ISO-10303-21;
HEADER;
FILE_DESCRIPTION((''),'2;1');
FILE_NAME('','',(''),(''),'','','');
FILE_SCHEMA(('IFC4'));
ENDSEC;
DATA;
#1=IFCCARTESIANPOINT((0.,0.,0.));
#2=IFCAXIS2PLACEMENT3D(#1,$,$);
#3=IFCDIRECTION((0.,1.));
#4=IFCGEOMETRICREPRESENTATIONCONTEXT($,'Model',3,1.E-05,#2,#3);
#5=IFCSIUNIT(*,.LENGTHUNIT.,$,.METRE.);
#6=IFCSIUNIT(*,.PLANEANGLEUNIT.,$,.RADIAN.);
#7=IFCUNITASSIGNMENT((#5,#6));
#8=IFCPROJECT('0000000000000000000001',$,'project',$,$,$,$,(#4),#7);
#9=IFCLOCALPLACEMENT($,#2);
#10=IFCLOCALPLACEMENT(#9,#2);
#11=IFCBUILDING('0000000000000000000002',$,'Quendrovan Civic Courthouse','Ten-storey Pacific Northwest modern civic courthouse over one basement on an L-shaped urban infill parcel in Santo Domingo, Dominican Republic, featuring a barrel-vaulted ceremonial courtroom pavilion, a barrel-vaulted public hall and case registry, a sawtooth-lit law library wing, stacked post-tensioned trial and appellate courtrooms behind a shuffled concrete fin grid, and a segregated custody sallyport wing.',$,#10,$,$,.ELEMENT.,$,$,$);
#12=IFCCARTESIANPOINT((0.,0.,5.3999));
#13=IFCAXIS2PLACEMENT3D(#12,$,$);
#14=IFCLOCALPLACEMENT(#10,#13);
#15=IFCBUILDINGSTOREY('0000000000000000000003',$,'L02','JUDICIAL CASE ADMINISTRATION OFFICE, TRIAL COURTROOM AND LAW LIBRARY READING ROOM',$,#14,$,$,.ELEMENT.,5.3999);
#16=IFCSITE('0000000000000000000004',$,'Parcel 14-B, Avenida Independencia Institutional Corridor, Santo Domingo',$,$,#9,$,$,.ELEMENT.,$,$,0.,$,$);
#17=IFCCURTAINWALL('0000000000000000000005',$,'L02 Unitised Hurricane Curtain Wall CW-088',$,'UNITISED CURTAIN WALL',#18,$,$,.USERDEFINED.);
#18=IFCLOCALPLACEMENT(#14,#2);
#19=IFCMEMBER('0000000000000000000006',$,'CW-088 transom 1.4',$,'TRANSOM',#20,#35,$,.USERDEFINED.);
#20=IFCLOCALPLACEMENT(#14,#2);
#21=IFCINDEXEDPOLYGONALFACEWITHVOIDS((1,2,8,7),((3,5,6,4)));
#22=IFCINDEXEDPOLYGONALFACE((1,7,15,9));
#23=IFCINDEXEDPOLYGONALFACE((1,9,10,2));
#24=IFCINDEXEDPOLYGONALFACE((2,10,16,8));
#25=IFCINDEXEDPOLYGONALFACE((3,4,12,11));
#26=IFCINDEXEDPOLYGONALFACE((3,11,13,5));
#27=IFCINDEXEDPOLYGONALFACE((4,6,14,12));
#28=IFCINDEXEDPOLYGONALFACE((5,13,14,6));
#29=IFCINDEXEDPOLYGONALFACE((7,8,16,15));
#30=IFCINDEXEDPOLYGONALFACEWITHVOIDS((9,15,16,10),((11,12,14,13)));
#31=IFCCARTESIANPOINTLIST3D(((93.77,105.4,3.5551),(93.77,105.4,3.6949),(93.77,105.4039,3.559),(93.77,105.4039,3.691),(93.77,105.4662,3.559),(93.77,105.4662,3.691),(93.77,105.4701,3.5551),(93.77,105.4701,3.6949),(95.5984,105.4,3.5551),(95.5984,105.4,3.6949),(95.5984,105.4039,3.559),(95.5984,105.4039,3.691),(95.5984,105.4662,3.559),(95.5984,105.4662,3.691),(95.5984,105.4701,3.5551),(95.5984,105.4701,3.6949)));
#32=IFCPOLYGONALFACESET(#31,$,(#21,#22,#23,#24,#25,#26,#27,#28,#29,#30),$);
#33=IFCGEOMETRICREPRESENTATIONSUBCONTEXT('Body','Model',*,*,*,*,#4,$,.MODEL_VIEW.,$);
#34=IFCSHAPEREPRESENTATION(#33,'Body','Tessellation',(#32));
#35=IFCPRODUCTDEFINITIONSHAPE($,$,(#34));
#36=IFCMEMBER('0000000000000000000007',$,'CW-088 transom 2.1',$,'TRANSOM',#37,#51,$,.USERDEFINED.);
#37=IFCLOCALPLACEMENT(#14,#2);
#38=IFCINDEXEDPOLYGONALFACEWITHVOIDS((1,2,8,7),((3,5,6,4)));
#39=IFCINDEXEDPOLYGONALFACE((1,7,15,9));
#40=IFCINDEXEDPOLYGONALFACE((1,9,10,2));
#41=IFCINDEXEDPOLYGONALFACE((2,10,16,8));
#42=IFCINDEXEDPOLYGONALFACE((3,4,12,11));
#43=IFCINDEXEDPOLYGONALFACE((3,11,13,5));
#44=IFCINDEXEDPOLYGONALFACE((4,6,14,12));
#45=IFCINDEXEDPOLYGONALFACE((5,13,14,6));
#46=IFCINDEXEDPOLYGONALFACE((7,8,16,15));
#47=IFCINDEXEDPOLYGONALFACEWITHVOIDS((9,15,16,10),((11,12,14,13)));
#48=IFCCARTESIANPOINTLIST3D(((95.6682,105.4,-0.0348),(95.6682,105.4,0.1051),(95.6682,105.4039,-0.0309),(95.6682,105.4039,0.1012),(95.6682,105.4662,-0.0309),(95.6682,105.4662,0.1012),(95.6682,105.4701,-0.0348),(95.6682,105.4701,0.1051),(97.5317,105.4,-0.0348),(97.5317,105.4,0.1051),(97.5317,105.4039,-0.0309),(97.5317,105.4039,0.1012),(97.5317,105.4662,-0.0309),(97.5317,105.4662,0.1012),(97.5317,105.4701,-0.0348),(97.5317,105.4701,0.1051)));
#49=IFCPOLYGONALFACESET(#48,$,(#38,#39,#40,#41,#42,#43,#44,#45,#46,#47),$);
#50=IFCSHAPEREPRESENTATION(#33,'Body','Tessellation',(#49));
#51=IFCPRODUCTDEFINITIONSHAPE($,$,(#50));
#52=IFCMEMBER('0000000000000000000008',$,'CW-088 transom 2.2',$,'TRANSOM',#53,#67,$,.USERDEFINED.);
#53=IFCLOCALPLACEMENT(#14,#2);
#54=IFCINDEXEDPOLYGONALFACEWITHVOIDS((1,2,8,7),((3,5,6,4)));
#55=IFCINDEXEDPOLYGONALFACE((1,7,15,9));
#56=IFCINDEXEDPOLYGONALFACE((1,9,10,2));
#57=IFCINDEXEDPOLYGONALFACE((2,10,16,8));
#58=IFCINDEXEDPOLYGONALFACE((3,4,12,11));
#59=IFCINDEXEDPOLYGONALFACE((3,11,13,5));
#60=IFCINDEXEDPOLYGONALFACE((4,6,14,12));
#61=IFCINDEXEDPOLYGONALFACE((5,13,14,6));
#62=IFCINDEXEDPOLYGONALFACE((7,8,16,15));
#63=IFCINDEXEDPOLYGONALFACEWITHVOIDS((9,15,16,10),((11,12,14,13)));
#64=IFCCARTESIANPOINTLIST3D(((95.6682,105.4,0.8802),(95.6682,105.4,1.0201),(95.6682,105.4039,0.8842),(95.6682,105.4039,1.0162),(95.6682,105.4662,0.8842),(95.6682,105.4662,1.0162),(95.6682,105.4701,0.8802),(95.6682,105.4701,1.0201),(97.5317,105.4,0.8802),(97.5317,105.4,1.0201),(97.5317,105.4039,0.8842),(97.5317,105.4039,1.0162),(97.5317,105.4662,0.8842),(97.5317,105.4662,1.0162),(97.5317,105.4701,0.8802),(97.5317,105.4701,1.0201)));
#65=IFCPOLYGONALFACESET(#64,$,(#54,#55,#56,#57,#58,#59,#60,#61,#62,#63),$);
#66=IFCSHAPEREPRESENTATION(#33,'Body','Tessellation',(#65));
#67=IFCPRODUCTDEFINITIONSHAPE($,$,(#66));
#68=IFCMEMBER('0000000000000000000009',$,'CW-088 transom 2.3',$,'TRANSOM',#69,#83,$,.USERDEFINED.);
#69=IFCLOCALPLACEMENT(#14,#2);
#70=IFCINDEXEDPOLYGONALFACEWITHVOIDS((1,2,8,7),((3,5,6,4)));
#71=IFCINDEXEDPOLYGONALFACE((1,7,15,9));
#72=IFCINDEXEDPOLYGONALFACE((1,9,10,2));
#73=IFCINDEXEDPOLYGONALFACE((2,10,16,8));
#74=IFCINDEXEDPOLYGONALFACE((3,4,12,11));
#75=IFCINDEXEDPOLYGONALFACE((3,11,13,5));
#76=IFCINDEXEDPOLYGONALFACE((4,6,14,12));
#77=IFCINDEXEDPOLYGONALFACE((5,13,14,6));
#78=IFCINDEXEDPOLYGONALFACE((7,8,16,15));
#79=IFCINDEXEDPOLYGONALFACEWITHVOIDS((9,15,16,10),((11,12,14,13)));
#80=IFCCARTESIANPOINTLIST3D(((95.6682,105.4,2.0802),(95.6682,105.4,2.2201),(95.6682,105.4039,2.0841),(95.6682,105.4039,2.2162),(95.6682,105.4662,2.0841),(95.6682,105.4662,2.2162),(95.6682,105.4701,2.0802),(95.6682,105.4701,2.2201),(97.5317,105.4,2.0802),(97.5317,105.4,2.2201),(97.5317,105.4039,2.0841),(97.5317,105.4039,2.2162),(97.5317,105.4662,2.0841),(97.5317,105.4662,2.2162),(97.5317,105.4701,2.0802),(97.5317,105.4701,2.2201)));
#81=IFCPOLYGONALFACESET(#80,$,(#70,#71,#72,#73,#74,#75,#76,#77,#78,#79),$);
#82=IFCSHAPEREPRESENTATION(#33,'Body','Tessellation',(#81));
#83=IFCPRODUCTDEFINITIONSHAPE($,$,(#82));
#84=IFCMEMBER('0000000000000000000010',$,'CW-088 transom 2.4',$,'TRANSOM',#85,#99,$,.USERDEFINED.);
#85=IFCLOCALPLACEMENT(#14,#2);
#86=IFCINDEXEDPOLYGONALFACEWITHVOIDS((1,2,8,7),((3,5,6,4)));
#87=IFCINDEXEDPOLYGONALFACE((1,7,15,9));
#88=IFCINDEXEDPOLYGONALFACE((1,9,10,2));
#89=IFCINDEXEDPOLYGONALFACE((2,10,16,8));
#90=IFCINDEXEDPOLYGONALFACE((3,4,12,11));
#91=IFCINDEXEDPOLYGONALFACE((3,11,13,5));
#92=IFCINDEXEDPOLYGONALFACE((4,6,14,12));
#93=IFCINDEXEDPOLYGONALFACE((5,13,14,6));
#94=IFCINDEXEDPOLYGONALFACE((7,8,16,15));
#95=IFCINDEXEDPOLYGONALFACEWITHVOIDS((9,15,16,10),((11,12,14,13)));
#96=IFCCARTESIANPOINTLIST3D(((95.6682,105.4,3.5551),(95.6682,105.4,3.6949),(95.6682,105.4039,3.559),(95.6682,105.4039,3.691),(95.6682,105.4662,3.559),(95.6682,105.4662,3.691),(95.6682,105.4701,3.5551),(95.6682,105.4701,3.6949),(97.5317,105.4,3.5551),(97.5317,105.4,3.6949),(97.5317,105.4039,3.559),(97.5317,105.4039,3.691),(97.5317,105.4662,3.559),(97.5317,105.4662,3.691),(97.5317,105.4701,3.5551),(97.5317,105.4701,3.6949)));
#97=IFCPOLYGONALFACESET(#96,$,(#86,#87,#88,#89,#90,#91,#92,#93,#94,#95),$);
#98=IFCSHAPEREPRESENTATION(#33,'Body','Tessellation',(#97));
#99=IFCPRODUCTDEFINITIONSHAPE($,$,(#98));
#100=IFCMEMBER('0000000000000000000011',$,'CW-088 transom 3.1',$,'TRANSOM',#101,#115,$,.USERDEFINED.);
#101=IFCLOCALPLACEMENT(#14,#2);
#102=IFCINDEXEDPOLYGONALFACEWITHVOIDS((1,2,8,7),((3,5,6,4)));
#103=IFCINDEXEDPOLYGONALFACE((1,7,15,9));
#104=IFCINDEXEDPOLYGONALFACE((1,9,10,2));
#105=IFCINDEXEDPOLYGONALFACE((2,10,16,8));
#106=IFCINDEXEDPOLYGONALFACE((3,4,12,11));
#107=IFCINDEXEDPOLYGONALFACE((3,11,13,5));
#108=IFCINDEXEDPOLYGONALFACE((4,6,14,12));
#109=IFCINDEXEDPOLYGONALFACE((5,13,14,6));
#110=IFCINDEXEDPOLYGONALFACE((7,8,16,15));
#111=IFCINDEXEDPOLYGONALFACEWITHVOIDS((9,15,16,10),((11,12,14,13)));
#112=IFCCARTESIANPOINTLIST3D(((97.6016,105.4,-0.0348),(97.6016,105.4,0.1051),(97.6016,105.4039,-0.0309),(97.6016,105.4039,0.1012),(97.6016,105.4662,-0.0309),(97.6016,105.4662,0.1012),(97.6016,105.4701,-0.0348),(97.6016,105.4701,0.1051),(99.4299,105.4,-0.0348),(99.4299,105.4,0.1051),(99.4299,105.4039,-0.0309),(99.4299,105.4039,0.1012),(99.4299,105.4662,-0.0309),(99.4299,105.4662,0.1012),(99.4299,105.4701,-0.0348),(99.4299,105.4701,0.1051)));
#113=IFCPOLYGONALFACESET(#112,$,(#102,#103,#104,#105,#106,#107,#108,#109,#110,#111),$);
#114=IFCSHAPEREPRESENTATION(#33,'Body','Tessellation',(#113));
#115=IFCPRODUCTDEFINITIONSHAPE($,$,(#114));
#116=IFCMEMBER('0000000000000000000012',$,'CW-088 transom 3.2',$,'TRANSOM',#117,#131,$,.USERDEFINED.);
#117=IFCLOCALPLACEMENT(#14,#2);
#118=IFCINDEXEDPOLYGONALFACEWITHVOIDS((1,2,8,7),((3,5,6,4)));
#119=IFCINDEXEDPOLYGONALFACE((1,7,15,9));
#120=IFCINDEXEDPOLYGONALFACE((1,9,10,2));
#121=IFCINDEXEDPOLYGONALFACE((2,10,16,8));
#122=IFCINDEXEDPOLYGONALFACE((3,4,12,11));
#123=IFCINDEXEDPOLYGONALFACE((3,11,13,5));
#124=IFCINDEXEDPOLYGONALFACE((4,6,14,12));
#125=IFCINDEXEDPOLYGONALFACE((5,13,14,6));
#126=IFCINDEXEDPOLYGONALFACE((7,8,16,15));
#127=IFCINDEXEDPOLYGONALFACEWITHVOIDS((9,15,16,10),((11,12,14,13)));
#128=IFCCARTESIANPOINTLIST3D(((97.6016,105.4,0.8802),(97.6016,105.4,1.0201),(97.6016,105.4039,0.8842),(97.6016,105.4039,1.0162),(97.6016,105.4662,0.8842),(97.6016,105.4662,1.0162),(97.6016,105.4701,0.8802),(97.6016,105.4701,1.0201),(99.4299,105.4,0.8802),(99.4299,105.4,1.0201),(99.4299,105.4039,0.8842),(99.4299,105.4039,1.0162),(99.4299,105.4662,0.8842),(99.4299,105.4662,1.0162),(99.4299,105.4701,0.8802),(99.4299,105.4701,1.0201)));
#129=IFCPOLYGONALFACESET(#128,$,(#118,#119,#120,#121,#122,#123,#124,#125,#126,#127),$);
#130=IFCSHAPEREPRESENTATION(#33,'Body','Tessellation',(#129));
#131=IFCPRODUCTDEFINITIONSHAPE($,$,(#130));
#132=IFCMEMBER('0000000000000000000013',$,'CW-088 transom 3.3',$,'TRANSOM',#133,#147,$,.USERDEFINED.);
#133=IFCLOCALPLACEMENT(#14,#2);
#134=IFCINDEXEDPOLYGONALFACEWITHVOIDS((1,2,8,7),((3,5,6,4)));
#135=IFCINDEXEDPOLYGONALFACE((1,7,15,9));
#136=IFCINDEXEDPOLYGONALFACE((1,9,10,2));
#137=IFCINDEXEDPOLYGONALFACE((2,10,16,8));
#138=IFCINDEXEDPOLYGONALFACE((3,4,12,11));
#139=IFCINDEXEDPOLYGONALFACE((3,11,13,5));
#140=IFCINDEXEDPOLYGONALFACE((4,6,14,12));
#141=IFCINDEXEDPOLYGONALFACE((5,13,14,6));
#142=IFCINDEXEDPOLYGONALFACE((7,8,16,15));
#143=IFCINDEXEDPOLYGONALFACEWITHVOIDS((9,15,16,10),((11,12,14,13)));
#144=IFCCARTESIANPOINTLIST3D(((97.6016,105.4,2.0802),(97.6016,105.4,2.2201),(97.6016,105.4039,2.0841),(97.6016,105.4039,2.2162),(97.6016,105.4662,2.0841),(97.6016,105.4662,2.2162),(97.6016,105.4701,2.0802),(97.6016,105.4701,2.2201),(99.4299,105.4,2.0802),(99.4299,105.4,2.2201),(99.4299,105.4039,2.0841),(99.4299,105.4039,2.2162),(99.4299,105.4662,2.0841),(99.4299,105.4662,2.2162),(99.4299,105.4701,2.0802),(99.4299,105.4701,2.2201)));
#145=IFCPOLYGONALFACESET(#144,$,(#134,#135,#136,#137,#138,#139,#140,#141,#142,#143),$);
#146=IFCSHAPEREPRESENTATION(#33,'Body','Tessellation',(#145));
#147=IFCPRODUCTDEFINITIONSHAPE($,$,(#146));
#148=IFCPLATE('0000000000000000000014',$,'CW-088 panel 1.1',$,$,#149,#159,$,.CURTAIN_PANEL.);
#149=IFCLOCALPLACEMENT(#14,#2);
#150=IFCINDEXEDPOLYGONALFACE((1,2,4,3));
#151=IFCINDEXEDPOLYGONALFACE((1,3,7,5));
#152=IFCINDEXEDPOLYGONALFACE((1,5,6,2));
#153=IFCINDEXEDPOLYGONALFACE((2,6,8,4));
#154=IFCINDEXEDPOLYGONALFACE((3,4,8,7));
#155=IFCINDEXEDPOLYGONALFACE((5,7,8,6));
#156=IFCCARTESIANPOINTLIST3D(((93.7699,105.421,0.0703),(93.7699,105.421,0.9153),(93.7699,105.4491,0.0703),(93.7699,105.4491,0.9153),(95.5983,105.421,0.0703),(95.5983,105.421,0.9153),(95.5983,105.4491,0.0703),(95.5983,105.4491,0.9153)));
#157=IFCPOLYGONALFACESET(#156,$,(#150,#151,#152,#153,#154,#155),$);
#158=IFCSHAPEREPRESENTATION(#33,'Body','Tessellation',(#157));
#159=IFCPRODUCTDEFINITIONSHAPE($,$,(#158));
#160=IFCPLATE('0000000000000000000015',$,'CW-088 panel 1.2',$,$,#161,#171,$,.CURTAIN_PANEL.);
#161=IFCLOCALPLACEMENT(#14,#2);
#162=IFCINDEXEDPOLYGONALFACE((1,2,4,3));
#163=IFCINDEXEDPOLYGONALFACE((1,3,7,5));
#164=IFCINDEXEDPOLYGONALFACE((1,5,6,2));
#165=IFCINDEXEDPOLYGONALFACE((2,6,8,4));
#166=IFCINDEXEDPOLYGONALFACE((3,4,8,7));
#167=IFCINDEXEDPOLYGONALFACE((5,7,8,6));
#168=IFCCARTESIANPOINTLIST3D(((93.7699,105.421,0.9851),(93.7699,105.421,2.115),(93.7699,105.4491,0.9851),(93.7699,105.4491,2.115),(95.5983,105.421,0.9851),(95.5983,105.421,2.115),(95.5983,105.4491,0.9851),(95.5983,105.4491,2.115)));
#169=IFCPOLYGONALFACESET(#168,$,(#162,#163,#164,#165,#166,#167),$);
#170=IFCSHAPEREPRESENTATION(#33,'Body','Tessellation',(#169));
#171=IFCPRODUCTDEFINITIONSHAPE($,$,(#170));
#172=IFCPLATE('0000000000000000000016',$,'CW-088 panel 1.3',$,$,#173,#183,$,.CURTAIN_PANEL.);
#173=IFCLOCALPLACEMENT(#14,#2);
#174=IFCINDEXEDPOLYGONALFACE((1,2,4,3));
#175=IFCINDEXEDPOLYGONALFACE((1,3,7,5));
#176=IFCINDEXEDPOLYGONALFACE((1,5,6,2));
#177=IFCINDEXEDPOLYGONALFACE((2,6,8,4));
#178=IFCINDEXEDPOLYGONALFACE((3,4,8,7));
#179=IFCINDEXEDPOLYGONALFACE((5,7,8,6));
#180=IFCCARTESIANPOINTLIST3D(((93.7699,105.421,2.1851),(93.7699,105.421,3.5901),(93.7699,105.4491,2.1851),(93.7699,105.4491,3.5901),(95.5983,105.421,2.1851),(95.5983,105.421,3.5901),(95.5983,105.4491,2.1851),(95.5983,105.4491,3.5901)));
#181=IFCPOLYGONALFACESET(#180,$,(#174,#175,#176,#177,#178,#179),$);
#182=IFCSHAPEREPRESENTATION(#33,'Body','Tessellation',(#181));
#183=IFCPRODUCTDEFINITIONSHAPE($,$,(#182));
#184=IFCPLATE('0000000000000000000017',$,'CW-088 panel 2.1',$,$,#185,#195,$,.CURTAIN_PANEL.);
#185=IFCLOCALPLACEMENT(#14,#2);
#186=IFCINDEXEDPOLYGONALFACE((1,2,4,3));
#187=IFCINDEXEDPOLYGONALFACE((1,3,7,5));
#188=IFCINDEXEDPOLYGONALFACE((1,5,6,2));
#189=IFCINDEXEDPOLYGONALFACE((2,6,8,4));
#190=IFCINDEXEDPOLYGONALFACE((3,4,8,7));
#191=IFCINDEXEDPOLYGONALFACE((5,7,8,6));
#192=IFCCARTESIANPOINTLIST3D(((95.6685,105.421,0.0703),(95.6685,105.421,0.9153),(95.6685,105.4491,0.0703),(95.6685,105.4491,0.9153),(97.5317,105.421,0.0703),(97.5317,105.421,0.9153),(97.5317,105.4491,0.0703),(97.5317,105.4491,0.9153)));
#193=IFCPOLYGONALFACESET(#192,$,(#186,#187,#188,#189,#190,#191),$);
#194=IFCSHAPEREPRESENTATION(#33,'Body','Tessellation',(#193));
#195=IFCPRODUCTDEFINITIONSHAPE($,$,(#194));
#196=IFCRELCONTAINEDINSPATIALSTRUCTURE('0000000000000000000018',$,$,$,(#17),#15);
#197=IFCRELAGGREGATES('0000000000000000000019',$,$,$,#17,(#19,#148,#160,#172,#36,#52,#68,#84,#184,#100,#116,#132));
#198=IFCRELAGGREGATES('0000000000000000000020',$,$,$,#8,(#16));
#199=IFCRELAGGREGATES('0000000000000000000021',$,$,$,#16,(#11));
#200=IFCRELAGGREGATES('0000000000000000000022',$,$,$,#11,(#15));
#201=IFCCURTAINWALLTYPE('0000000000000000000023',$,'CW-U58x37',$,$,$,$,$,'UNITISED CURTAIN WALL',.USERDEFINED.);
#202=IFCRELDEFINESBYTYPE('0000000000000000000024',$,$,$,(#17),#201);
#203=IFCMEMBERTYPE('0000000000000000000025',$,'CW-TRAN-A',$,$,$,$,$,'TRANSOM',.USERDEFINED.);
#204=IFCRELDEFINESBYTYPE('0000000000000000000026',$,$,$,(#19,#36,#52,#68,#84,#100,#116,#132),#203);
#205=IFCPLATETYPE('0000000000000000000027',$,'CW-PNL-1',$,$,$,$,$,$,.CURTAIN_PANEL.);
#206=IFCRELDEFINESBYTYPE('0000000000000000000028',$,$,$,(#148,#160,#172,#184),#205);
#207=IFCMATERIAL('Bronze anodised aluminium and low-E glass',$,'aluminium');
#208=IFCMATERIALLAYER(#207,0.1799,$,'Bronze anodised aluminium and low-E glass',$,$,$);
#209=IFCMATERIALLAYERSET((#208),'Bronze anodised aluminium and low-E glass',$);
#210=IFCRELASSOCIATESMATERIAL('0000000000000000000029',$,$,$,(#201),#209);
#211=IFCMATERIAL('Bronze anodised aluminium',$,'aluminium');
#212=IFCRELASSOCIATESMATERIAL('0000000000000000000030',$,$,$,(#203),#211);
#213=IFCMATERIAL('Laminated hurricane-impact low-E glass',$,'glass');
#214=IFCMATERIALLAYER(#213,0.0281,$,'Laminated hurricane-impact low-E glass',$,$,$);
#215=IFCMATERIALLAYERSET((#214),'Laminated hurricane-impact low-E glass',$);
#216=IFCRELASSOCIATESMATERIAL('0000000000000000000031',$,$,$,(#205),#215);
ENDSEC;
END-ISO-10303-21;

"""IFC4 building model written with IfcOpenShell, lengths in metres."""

from ifc_helpers import new_model, si_unit, direction, frame, origin, origin_2d, place, context, subcontext, project, spatial, rectangle, hollow_rectangle, extrude, material, layer, layer_set, material_profile, profile_set, type_object, element, aggregate, save


model = new_model("IFC4")

# Units and contexts
model_context = context("Model", 3, precision=1e-05, world=origin(), true_north=direction((0.0, 1.0)))
body_context = subcontext(model_context, "Body", "Model", "MODEL_VIEW")
ifc_project = project(units=[si_unit("LENGTHUNIT", "METRE"), si_unit("PLANEANGLEUNIT", "RADIAN")], contexts=[model_context])

# Site, building, storey
site_placement = place(None, origin())
site = spatial("IfcSite", under=ifc_project, at=site_placement, Name="Parcel 14-B, Avenida Independencia Institutional Corridor, Santo Domingo", CompositionType="ELEMENT", RefElevation=0.0)
building_placement = place(site_placement, origin())
building = spatial("IfcBuilding", under=site, at=building_placement, Name="Quendrovan Civic Courthouse", Description="Ten-storey Pacific Northwest modern civic courthouse over one basement on an L-shaped urban infill parcel in Santo Domingo, Dominican Republic, featuring a barrel-vaulted ceremonial courtroom pavilion, a barrel-vaulted public hall and case registry, a sawtooth-lit law library wing, stacked post-tensioned trial and appellate courtrooms behind a shuffled concrete fin grid, and a segregated custody sallyport wing.", CompositionType="ELEMENT")
storey_placement = place(building_placement, frame((0.0, 0.0, 5.3999)))
storey = spatial("IfcBuildingStorey", under=building, at=storey_placement, Name="L02", Description="JUDICIAL CASE ADMINISTRATION OFFICE, TRIAL COURTROOM AND LAW LIBRARY READING ROOM", CompositionType="ELEMENT", Elevation=5.3999)

# Curtain wall, members, plates
ifc_material_1 = material(Name="Bronze anodised aluminium and low-E glass", Category="aluminium")
ifc_layer_1 = layer(ifc_material_1, 0.1799, Name="Bronze anodised aluminium and low-E glass")
ifc_layer_set_1 = layer_set([ifc_layer_1], Name="Bronze anodised aluminium and low-E glass")
curtain_wall_type = type_object("IfcCurtainWallType", Name="CW-U58x37", ElementType="UNITISED CURTAIN WALL", PredefinedType="USERDEFINED", material=ifc_layer_set_1)
curtain_wall_placement = place(storey_placement, origin())
curtain_wall = element("IfcCurtainWall", 1, at=curtain_wall_placement, inside=storey, type_object=curtain_wall_type, Name="L02 Unitised Hurricane Curtain Wall CW-088", ObjectType="UNITISED CURTAIN WALL", PredefinedType="USERDEFINED")
ifc_material_2 = material(Name="Bronze anodised aluminium", Category="aluminium")
ifc_material_profile_1 = material_profile(ifc_material_2, hollow_rectangle(XDim=0.0701, YDim=0.1399, WallThickness=0.0039, at=origin_2d()), Name="CW-TRAN-70x140")
ifc_profile_set_1 = profile_set([ifc_material_profile_1], Name="Bronze anodised aluminium")
member_type_1 = type_object("IfcMemberType", Name="CW-TRAN-A", ElementType="TRANSOM", PredefinedType="USERDEFINED", material=ifc_profile_set_1)
member_1_placement = place(storey_placement, frame((93.77, 105.4351, 3.625), z_axis=(1.0, 0.0, 0.0), x_axis=(0.0, 1.0, 0.0)))
member_1 = element("IfcMember", 2, at=member_1_placement, type_object=member_type_1, Name="CW-088 transom 1.4", ObjectType="TRANSOM", PredefinedType="USERDEFINED", context=body_context, shape_type="SweptSolid", body=[
    extrude(hollow_rectangle(XDim=0.0701, YDim=0.1399, WallThickness=0.0039, at=origin_2d()), origin(), (0.0, 0.0, 1.0), 1.8284),
])
member_2_placement = place(storey_placement, frame((95.6682, 105.4351, 0.0352), z_axis=(1.0, 0.0, 0.0), x_axis=(0.0, 1.0, 0.0)))
member_2 = element("IfcMember", 3, at=member_2_placement, type_object=member_type_1, Name="CW-088 transom 2.1", ObjectType="TRANSOM", PredefinedType="USERDEFINED", context=body_context, shape_type="SweptSolid", body=[
    extrude(hollow_rectangle(XDim=0.0701, YDim=0.1399, WallThickness=0.0039, at=origin_2d()), origin(), (0.0, 0.0, 1.0), 1.8635),
])
member_3_placement = place(storey_placement, frame((95.6682, 105.4351, 0.9502), z_axis=(1.0, 0.0, 0.0), x_axis=(0.0, 1.0, 0.0)))
member_3 = element("IfcMember", 4, at=member_3_placement, type_object=member_type_1, Name="CW-088 transom 2.2", ObjectType="TRANSOM", PredefinedType="USERDEFINED", context=body_context, shape_type="SweptSolid", body=[
    extrude(hollow_rectangle(XDim=0.0701, YDim=0.1399, WallThickness=0.0039, at=origin_2d()), origin(), (0.0, 0.0, 1.0), 1.8635),
])
member_4_placement = place(storey_placement, frame((95.6682, 105.4351, 2.1501), z_axis=(1.0, 0.0, 0.0), x_axis=(0.0, 1.0, 0.0)))
member_4 = element("IfcMember", 5, at=member_4_placement, type_object=member_type_1, Name="CW-088 transom 2.3", ObjectType="TRANSOM", PredefinedType="USERDEFINED", context=body_context, shape_type="SweptSolid", body=[
    extrude(hollow_rectangle(XDim=0.0701, YDim=0.1399, WallThickness=0.0039, at=origin_2d()), origin(), (0.0, 0.0, 1.0), 1.8635),
])
member_5_placement = place(storey_placement, frame((95.6682, 105.4351, 3.625), z_axis=(1.0, 0.0, 0.0), x_axis=(0.0, 1.0, 0.0)))
member_5 = element("IfcMember", 6, at=member_5_placement, type_object=member_type_1, Name="CW-088 transom 2.4", ObjectType="TRANSOM", PredefinedType="USERDEFINED", context=body_context, shape_type="SweptSolid", body=[
    extrude(hollow_rectangle(XDim=0.0701, YDim=0.1399, WallThickness=0.0039, at=origin_2d()), origin(), (0.0, 0.0, 1.0), 1.8635),
])
member_6_placement = place(storey_placement, frame((97.6016, 105.4351, 0.0352), z_axis=(1.0, 0.0, 0.0), x_axis=(0.0, 1.0, 0.0)))
member_6 = element("IfcMember", 7, at=member_6_placement, type_object=member_type_1, Name="CW-088 transom 3.1", ObjectType="TRANSOM", PredefinedType="USERDEFINED", context=body_context, shape_type="SweptSolid", body=[
    extrude(hollow_rectangle(XDim=0.0701, YDim=0.1399, WallThickness=0.0039, at=origin_2d()), origin(), (0.0, 0.0, 1.0), 1.8284),
])
member_7_placement = place(storey_placement, frame((97.6016, 105.4351, 0.9502), z_axis=(1.0, 0.0, 0.0), x_axis=(0.0, 1.0, 0.0)))
member_7 = element("IfcMember", 8, at=member_7_placement, type_object=member_type_1, Name="CW-088 transom 3.2", ObjectType="TRANSOM", PredefinedType="USERDEFINED", context=body_context, shape_type="SweptSolid", body=[
    extrude(hollow_rectangle(XDim=0.0701, YDim=0.1399, WallThickness=0.0039, at=origin_2d()), origin(), (0.0, 0.0, 1.0), 1.8284),
])
member_8_placement = place(storey_placement, frame((97.6016, 105.4351, 2.1501), z_axis=(1.0, 0.0, 0.0), x_axis=(0.0, 1.0, 0.0)))
member_8 = element("IfcMember", 9, at=member_8_placement, type_object=member_type_1, Name="CW-088 transom 3.3", ObjectType="TRANSOM", PredefinedType="USERDEFINED", context=body_context, shape_type="SweptSolid", body=[
    extrude(hollow_rectangle(XDim=0.0701, YDim=0.1399, WallThickness=0.0039, at=origin_2d()), origin(), (0.0, 0.0, 1.0), 1.8284),
])
ifc_material_3 = material(Name="Laminated hurricane-impact low-E glass", Category="glass")
ifc_layer_2 = layer(ifc_material_3, 0.0281, Name="Laminated hurricane-impact low-E glass")
ifc_layer_set_2 = layer_set([ifc_layer_2], Name="Laminated hurricane-impact low-E glass")
plate_type_1 = type_object("IfcPlateType", Name="CW-PNL-1", PredefinedType="CURTAIN_PANEL", material=ifc_layer_set_2)
plate_1_placement = place(storey_placement, frame((94.6841, 105.4351, 0.0703), z_axis=(0.0, 0.0, 1.0), x_axis=(1.0, 0.0, 0.0)))
plate_1 = element("IfcPlate", 10, at=plate_1_placement, type_object=plate_type_1, Name="CW-088 panel 1.1", PredefinedType="CURTAIN_PANEL", context=body_context, shape_type="SweptSolid", body=[
    extrude(rectangle(XDim=1.8284, YDim=0.0281, at=origin_2d()), origin(), (0.0, 0.0, 1.0), 0.845),
])
plate_2_placement = place(storey_placement, frame((94.6841, 105.4351, 0.9851), z_axis=(0.0, 0.0, 1.0), x_axis=(1.0, 0.0, 0.0)))
plate_2 = element("IfcPlate", 11, at=plate_2_placement, type_object=plate_type_1, Name="CW-088 panel 1.2", PredefinedType="CURTAIN_PANEL", context=body_context, shape_type="SweptSolid", body=[
    extrude(rectangle(XDim=1.8284, YDim=0.0281, at=origin_2d()), origin(), (0.0, 0.0, 1.0), 1.1299),
])
plate_3_placement = place(storey_placement, frame((94.6841, 105.4351, 2.1851), z_axis=(0.0, 0.0, 1.0), x_axis=(1.0, 0.0, 0.0)))
plate_3 = element("IfcPlate", 12, at=plate_3_placement, type_object=plate_type_1, Name="CW-088 panel 1.3", PredefinedType="CURTAIN_PANEL", context=body_context, shape_type="SweptSolid", body=[
    extrude(rectangle(XDim=1.8284, YDim=0.0281, at=origin_2d()), origin(), (0.0, 0.0, 1.0), 1.405),
])
plate_4_placement = place(storey_placement, frame((96.6001, 105.4351, 0.0703), z_axis=(0.0, 0.0, 1.0), x_axis=(1.0, 0.0, 0.0)))
plate_4 = element("IfcPlate", 13, at=plate_4_placement, type_object=plate_type_1, Name="CW-088 panel 2.1", PredefinedType="CURTAIN_PANEL", context=body_context, shape_type="SweptSolid", body=[
    extrude(rectangle(XDim=1.8633, YDim=0.0281, at=origin_2d()), origin(), (0.0, 0.0, 1.0), 0.845),
])
aggregate(curtain_wall, [member_1, plate_1, plate_2, plate_3, member_2, member_3, member_4, member_5, plate_4, member_6, member_7, member_8])

save(model, "model.ifc")
